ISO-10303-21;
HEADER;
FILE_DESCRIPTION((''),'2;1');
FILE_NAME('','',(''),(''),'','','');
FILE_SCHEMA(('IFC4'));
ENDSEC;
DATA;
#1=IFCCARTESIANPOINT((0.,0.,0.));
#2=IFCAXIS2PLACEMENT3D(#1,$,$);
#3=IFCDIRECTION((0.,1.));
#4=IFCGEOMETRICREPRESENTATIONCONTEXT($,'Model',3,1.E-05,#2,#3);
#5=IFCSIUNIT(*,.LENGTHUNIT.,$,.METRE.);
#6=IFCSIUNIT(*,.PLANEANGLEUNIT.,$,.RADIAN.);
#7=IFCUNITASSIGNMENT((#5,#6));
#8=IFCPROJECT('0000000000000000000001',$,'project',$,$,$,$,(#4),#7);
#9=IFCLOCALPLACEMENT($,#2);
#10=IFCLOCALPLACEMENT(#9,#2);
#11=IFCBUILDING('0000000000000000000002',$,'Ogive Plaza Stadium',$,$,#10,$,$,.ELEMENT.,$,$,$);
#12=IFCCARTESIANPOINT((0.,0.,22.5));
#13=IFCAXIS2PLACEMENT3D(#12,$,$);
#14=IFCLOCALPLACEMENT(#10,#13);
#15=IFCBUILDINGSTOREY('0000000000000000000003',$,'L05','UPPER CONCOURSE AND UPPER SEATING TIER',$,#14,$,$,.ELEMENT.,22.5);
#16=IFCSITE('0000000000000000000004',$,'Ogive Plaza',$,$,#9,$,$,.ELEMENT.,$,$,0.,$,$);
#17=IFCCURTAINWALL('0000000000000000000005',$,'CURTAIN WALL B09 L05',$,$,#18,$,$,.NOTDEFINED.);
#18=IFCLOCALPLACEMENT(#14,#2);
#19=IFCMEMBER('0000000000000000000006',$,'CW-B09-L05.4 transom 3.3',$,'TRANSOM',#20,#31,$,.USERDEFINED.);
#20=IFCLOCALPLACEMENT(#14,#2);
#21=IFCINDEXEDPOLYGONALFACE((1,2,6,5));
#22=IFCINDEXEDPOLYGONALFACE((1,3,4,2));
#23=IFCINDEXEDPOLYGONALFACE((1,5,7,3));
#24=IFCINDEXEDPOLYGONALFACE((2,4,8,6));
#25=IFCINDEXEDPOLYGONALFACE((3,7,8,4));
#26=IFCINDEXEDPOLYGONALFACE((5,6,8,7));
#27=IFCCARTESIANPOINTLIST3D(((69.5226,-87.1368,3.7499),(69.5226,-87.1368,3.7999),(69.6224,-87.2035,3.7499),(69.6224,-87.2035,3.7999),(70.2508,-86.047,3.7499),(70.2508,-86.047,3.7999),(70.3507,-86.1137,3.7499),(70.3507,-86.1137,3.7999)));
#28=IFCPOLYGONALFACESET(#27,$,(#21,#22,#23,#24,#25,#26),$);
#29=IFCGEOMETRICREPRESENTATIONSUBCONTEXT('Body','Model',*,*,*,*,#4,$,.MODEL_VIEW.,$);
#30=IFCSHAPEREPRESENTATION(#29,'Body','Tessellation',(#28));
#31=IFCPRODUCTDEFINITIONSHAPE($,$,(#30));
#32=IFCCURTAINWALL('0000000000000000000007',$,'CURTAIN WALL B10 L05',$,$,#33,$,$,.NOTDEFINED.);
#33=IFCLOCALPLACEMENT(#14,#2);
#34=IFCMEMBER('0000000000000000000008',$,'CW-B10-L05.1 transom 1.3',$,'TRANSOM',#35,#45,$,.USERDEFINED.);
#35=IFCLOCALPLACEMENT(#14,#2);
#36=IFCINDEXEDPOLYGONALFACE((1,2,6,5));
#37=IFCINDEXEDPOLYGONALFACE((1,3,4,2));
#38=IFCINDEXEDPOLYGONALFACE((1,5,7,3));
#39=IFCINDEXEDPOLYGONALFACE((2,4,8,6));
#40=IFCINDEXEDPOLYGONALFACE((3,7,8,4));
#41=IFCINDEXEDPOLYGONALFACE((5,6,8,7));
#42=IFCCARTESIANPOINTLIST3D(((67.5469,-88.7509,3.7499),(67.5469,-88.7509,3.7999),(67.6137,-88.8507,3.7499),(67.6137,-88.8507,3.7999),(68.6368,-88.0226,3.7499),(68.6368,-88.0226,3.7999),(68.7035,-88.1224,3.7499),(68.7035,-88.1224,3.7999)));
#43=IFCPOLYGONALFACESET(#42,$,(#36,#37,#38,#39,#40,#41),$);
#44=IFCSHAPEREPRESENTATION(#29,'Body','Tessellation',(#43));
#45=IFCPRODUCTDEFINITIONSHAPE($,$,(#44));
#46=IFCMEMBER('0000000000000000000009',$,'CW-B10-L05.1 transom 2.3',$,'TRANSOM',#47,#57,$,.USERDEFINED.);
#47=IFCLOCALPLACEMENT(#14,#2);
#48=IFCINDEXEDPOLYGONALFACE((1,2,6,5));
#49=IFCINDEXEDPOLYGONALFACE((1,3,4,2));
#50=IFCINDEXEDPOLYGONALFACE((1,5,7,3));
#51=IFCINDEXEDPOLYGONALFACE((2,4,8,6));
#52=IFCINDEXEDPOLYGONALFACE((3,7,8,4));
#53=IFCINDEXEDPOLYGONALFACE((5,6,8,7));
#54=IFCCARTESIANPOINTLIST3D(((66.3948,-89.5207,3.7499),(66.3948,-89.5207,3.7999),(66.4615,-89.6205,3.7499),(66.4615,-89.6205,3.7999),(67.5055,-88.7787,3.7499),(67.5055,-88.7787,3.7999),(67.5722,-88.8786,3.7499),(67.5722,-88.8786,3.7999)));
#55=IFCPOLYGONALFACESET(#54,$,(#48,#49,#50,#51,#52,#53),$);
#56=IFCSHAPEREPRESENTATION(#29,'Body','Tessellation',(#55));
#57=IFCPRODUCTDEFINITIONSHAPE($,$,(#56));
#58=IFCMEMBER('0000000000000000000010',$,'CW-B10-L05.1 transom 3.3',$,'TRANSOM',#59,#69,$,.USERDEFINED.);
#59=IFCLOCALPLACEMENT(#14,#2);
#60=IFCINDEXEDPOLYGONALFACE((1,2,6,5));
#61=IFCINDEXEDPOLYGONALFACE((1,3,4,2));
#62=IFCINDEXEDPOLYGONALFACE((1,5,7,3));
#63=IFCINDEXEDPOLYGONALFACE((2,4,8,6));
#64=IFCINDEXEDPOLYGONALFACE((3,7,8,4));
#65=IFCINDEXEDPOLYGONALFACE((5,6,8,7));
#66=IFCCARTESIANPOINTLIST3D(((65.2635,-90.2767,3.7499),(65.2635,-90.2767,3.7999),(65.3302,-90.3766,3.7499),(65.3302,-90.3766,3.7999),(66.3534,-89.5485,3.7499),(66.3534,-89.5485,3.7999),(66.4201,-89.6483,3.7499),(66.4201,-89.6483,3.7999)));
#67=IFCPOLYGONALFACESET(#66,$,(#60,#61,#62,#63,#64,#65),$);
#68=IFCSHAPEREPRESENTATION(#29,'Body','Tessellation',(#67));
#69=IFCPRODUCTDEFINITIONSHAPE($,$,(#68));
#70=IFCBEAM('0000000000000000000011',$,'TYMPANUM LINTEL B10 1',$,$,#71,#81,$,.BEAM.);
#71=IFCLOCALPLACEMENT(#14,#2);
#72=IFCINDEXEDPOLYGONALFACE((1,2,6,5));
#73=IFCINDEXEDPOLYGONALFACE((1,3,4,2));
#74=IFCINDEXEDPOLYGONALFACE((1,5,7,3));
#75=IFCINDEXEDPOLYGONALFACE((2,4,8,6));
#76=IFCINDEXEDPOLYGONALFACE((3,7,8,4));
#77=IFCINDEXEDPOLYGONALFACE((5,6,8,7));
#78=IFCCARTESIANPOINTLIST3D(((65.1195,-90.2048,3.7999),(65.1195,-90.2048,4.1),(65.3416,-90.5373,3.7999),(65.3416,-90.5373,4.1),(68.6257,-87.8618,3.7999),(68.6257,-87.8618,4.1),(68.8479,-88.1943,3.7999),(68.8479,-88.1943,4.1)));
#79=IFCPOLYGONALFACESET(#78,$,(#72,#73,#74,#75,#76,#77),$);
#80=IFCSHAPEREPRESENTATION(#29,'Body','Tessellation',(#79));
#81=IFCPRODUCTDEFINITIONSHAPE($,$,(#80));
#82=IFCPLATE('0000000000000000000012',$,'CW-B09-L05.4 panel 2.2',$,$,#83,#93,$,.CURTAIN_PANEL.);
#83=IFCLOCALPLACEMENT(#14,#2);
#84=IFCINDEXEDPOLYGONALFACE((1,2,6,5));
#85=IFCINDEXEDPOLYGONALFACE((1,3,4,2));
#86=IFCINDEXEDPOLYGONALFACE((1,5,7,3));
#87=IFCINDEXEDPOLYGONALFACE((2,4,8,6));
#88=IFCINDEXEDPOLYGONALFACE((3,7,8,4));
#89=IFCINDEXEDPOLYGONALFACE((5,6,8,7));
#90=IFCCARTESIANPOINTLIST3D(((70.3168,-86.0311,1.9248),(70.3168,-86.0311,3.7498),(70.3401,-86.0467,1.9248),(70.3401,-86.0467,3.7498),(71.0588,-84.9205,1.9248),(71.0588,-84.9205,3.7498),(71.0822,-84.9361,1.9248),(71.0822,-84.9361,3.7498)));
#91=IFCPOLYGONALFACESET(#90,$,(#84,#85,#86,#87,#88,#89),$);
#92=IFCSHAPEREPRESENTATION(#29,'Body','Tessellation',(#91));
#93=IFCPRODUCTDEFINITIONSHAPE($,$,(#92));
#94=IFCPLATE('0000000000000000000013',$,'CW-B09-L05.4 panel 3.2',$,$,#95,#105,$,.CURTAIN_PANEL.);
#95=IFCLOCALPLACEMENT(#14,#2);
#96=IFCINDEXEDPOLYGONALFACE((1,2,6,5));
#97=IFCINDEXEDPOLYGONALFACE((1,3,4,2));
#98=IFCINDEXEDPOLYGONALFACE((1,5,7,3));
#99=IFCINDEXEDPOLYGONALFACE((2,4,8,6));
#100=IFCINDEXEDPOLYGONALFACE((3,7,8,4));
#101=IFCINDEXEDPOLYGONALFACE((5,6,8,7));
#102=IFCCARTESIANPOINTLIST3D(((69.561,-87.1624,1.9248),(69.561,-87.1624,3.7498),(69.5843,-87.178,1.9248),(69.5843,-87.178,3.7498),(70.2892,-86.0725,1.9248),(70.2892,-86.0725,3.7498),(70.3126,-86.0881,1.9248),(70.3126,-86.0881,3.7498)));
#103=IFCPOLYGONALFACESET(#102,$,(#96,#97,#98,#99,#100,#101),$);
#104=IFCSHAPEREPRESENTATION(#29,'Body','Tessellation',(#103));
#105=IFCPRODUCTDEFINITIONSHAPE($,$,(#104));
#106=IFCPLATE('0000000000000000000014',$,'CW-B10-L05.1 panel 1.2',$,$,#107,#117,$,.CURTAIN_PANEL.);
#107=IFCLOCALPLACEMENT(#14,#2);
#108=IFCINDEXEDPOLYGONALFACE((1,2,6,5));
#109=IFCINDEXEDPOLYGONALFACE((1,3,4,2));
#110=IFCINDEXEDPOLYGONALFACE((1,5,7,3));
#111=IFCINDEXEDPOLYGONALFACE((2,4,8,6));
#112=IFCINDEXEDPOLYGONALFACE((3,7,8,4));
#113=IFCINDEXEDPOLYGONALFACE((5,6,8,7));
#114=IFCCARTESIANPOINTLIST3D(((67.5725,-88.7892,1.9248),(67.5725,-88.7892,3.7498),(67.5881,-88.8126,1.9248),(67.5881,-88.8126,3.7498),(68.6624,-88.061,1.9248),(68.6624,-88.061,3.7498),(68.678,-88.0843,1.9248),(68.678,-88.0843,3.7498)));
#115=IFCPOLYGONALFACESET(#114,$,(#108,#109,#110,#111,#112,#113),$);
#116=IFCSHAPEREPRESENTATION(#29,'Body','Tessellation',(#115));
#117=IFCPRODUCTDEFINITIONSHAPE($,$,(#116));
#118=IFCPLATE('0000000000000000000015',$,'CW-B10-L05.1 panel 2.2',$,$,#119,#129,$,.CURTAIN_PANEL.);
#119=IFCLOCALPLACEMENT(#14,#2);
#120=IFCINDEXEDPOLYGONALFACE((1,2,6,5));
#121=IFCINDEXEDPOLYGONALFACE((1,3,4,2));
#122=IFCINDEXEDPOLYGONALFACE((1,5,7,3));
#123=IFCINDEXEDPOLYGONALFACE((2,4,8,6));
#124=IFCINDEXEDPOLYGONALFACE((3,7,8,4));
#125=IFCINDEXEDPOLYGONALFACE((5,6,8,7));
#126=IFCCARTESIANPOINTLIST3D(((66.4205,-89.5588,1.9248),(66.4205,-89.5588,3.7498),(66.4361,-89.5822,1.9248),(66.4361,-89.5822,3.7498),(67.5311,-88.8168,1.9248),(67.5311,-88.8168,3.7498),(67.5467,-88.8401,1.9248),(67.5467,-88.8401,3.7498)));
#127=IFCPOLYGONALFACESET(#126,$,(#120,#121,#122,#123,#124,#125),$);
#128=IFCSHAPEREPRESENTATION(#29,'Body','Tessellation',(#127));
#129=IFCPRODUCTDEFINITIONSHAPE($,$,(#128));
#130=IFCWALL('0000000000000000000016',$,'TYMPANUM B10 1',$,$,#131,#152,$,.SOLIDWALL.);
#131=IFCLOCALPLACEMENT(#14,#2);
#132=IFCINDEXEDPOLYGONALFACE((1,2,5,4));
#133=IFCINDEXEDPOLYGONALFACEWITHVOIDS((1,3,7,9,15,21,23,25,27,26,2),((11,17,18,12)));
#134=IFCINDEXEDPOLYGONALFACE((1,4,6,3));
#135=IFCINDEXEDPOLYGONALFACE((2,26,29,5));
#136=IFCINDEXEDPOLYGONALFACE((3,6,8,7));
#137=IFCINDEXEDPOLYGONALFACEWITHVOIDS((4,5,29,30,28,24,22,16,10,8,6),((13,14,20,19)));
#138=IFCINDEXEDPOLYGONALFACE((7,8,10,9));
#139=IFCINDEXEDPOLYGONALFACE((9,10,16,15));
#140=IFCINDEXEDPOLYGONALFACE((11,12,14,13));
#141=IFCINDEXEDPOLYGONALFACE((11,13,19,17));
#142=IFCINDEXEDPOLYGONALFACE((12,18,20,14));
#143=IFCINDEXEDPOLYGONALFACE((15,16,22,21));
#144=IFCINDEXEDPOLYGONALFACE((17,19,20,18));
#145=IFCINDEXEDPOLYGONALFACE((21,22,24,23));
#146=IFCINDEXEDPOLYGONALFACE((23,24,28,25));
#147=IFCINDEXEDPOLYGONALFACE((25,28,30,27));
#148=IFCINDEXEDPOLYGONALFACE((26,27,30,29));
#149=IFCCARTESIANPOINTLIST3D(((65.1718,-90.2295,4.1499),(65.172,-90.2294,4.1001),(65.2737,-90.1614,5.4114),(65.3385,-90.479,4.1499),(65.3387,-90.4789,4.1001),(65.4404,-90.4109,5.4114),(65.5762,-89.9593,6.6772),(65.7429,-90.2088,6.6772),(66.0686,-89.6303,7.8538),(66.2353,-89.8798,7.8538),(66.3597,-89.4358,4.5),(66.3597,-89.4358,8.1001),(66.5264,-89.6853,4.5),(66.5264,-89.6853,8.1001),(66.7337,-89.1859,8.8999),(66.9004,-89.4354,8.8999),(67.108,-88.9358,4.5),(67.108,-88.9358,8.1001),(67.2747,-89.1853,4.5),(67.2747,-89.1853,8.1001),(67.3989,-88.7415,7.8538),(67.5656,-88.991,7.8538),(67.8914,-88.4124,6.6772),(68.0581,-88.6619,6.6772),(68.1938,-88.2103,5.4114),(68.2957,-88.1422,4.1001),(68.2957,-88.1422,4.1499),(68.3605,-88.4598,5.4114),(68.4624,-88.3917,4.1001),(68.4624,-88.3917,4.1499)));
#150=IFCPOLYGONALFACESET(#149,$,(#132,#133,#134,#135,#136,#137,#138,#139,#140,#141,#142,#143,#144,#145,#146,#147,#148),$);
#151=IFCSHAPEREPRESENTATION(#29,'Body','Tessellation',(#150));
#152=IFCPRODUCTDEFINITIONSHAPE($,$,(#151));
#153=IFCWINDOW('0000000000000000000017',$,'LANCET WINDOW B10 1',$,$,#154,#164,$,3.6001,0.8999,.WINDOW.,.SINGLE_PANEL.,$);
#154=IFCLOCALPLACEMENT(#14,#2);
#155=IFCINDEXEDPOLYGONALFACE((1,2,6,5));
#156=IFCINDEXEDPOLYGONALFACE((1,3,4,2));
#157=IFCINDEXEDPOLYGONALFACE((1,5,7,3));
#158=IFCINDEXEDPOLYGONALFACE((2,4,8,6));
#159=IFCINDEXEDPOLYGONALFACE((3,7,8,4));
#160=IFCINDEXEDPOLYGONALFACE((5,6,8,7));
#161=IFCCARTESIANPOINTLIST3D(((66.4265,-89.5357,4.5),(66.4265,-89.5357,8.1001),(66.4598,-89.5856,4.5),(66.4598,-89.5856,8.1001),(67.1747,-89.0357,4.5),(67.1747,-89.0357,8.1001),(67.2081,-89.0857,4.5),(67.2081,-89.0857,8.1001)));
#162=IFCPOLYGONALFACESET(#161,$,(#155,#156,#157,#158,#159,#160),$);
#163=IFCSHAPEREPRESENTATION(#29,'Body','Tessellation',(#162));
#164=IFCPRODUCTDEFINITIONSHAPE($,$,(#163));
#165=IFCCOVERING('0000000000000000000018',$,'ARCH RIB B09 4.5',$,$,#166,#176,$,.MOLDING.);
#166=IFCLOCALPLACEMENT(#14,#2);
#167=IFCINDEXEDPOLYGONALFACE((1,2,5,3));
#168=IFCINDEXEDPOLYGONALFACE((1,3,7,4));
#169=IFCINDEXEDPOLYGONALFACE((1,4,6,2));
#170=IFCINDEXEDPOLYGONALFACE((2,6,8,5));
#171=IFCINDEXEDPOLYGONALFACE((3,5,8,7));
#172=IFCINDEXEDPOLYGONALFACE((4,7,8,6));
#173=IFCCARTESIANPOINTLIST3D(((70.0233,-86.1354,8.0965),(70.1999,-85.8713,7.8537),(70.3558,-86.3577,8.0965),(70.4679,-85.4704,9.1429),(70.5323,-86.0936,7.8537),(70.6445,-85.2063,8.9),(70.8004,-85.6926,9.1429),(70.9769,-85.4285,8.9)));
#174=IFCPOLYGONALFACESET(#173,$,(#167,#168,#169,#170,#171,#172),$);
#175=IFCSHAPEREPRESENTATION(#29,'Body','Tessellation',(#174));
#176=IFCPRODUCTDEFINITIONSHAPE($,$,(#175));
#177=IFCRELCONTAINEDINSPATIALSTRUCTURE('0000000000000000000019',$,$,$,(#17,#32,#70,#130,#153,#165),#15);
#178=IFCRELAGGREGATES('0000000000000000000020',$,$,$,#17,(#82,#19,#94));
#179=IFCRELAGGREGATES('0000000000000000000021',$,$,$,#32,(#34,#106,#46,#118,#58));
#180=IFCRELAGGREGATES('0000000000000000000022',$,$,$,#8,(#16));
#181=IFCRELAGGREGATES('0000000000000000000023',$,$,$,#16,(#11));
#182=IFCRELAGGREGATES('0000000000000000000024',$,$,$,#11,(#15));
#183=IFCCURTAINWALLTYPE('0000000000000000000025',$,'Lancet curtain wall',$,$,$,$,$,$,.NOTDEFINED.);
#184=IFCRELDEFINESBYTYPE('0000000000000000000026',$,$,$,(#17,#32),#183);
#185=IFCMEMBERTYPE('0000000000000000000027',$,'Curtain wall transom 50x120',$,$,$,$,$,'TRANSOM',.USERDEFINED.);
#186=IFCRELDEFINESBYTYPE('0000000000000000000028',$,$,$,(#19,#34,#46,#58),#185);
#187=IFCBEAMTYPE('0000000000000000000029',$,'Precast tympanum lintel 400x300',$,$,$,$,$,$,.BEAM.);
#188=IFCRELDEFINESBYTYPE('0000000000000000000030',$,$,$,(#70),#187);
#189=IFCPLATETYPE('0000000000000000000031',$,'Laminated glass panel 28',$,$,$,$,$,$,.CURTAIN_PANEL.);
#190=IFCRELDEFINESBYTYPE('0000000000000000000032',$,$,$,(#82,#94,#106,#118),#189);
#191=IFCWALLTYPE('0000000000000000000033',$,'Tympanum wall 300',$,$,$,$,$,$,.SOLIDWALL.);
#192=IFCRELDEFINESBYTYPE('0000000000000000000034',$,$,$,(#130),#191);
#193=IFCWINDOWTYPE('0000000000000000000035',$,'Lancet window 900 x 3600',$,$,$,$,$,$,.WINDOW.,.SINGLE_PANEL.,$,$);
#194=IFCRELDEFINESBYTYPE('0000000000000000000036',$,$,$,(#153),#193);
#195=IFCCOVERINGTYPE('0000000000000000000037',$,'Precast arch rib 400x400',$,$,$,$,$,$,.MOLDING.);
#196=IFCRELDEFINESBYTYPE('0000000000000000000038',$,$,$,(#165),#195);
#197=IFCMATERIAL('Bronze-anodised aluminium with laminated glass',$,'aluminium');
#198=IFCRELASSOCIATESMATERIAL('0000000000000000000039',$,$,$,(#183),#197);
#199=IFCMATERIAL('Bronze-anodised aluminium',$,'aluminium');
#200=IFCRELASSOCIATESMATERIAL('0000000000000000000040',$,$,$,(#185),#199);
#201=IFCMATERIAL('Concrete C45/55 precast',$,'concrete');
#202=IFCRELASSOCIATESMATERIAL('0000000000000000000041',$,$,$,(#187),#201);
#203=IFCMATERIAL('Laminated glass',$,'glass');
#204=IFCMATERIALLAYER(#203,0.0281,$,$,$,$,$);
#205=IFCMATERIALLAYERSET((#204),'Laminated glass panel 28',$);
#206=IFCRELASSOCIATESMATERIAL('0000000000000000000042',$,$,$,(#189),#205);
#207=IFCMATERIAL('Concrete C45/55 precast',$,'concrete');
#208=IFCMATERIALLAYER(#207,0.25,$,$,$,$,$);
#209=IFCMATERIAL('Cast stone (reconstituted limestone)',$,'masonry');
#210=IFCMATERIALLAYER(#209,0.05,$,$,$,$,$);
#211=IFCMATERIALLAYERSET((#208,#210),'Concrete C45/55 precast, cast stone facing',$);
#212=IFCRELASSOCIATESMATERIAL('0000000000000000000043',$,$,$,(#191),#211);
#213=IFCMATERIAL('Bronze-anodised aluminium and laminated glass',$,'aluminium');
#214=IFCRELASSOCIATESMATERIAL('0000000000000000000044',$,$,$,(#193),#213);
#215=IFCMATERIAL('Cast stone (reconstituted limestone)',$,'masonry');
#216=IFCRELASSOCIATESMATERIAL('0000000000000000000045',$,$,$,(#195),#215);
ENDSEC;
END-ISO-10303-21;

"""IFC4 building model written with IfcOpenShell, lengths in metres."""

from ifc_helpers import new_model, si_unit, direction, frame, frame_2d, origin, origin_2d, place, context, subcontext, project, spatial, polyline, rectangle, outline, extrude, material, layer, layer_set, material_profile, profile_set, type_object, element, fill, aggregate, save


model = new_model("IFC4")

# Units and contexts
model_context = context("Model", 3, precision=1e-05, world=origin(), true_north=direction((0.0, 1.0)))
body_context = subcontext(model_context, "Body", "Model", "MODEL_VIEW")
ifc_project = project(units=[si_unit("LENGTHUNIT", "METRE"), si_unit("PLANEANGLEUNIT", "RADIAN")], contexts=[model_context])

# Site, building, storey
site_placement = place(None, origin())
site = spatial("IfcSite", under=ifc_project, at=site_placement, Name="Ogive Plaza", CompositionType="ELEMENT", RefElevation=0.0)
building_placement = place(site_placement, origin())
building = spatial("IfcBuilding", under=site, at=building_placement, Name="Ogive Plaza Stadium", CompositionType="ELEMENT")
storey_placement = place(building_placement, frame((0.0, 0.0, 22.5)))
storey = spatial("IfcBuildingStorey", under=building, at=storey_placement, Name="L05", Description="UPPER CONCOURSE AND UPPER SEATING TIER", CompositionType="ELEMENT", Elevation=22.5)

# Curtain wall, member
ifc_material_1 = material(Name="Bronze-anodised aluminium with laminated glass", Category="aluminium")
curtain_wall_type = type_object("IfcCurtainWallType", Name="Lancet curtain wall", PredefinedType="NOTDEFINED", material=ifc_material_1)
curtain_wall_1_placement = place(storey_placement, origin())
curtain_wall_1 = element("IfcCurtainWall", 1, at=curtain_wall_1_placement, inside=storey, type_object=curtain_wall_type, Name="CURTAIN WALL B09 L05", PredefinedType="NOTDEFINED")
ifc_material_2 = material(Name="Bronze-anodised aluminium", Category="aluminium")
ifc_material_profile_1 = material_profile(ifc_material_2, rectangle(XDim=0.1201, YDim=0.05, at=origin_2d()), Name="AL 120x50")
ifc_profile_set_1 = profile_set([ifc_material_profile_1], Name="Bronze-anodised aluminium")
member_type = type_object("IfcMemberType", Name="Curtain wall transom 50x120", ElementType="TRANSOM", PredefinedType="USERDEFINED", material=ifc_profile_set_1)
member_1_placement = place(storey_placement, frame((70.3008, -86.0803, 3.7749), z_axis=(-0.555602, -0.831448, 0.0), x_axis=(0.831448, -0.555602, 0.0)))
member_1 = element("IfcMember", 2, at=member_1_placement, type_object=member_type, Name="CW-B09-L05.4 transom 3.3", ObjectType="TRANSOM", PredefinedType="USERDEFINED", context=body_context, shape_type="SweptSolid", body=[
    extrude(rectangle(XDim=0.1201, YDim=0.05, at=origin_2d()), origin(), (0.0, 0.0, 1.0), 1.3108),
])

# Curtain wall, members
curtain_wall_2_placement = place(storey_placement, origin())
curtain_wall_2 = element("IfcCurtainWall", 3, at=curtain_wall_2_placement, inside=storey, type_object=curtain_wall_type, Name="CURTAIN WALL B10 L05", PredefinedType="NOTDEFINED")
member_2_placement = place(storey_placement, frame((68.6702, -88.0725, 3.7749), z_axis=(-0.831448, -0.555602, 0.0), x_axis=(0.555602, -0.831448, 0.0)))
member_2 = element("IfcMember", 4, at=member_2_placement, type_object=member_type, Name="CW-B10-L05.1 transom 1.3", ObjectType="TRANSOM", PredefinedType="USERDEFINED", context=body_context, shape_type="SweptSolid", body=[
    extrude(rectangle(XDim=0.1201, YDim=0.05, at=origin_2d()), origin(), (0.0, 0.0, 1.0), 1.3108),
])
member_3_placement = place(storey_placement, frame((67.5388, -88.8286, 3.7749), z_axis=(-0.831516, -0.555501, 0.0), x_axis=(0.555501, -0.831516, 0.0)))
member_3 = element("IfcMember", 5, at=member_3_placement, type_object=member_type, Name="CW-B10-L05.1 transom 2.3", ObjectType="TRANSOM", PredefinedType="USERDEFINED", context=body_context, shape_type="SweptSolid", body=[
    extrude(rectangle(XDim=0.1201, YDim=0.05, at=origin_2d()), origin(), (0.0, 0.0, 1.0), 1.3357),
])
member_4_placement = place(storey_placement, frame((66.3867, -89.5984, 3.7749), z_axis=(-0.831448, -0.555602, 0.0), x_axis=(0.555602, -0.831448, 0.0)))
member_4 = element("IfcMember", 6, at=member_4_placement, type_object=member_type, Name="CW-B10-L05.1 transom 3.3", ObjectType="TRANSOM", PredefinedType="USERDEFINED", context=body_context, shape_type="SweptSolid", body=[
    extrude(rectangle(XDim=0.1201, YDim=0.05, at=origin_2d()), origin(), (0.0, 0.0, 1.0), 1.3108),
])

# Beam
ifc_material_3 = material(Name="Concrete C45/55 precast", Category="concrete")
ifc_material_profile_2 = material_profile(ifc_material_3, rectangle(XDim=0.3999, YDim=0.3, at=origin_2d()), Name="RC 400x300")
ifc_profile_set_2 = profile_set([ifc_material_profile_2], Name="Concrete C45/55 precast")
beam_type = type_object("IfcBeamType", Name="Precast tympanum lintel 400x300", PredefinedType="BEAM", material=ifc_profile_set_2)
beam_placement = place(storey_placement, frame((68.7368, -88.0281, 3.95), z_axis=(-0.831453, -0.555595, 0.0), x_axis=(0.555595, -0.831453, 0.0)))
element("IfcBeam", 7, at=beam_placement, inside=storey, type_object=beam_type, Name="TYMPANUM LINTEL B10 1", PredefinedType="BEAM", context=body_context, shape_type="SweptSolid", body=[
    extrude(rectangle(XDim=0.3999, YDim=0.3, at=origin_2d()), origin(), (0.0, 0.0, 1.0), 4.217),
])

# Plates
ifc_material_4 = material(Name="Laminated glass", Category="glass")
ifc_layer_1 = layer(ifc_material_4, 0.0281)
ifc_layer_set_1 = layer_set([ifc_layer_1], Name="Laminated glass panel 28")
plate_type = type_object("IfcPlateType", Name="Laminated glass panel 28", PredefinedType="CURTAIN_PANEL", material=ifc_layer_set_1)
plate_1_placement = place(storey_placement, frame((70.6995, -85.4836, 1.9248), z_axis=(0.0, 0.0, 1.0), x_axis=(-0.55557, -0.83147, 0.0)))
plate_1 = element("IfcPlate", 8, at=plate_1_placement, type_object=plate_type, Name="CW-B09-L05.4 panel 2.2", PredefinedType="CURTAIN_PANEL", context=body_context, shape_type="SweptSolid", body=[
    extrude(rectangle(XDim=1.3357, YDim=0.0281, at=origin_2d()), origin(), (0.0, 0.0, 1.0), 1.825),
])
plate_2_placement = place(storey_placement, frame((69.9368, -86.6252, 1.9248), z_axis=(0.0, 0.0, 1.0), x_axis=(-0.55557, -0.83147, 0.0)))
plate_2 = element("IfcPlate", 9, at=plate_2_placement, type_object=plate_type, Name="CW-B09-L05.4 panel 3.2", PredefinedType="CURTAIN_PANEL", context=body_context, shape_type="SweptSolid", body=[
    extrude(rectangle(XDim=1.3108, YDim=0.0281, at=origin_2d()), origin(), (0.0, 0.0, 1.0), 1.825),
])
aggregate(curtain_wall_1, [plate_1, member_1, plate_2])
plate_3_placement = place(storey_placement, frame((68.1252, -88.4368, 1.9248), z_axis=(0.0, 0.0, 1.0), x_axis=(-0.83147, -0.55557, 0.0)))
plate_3 = element("IfcPlate", 10, at=plate_3_placement, type_object=plate_type, Name="CW-B10-L05.1 panel 1.2", PredefinedType="CURTAIN_PANEL", context=body_context, shape_type="SweptSolid", body=[
    extrude(rectangle(XDim=1.3108, YDim=0.0281, at=origin_2d()), origin(), (0.0, 0.0, 1.0), 1.825),
])
plate_4_placement = place(storey_placement, frame((66.9836, -89.1995, 1.9248), z_axis=(0.0, 0.0, 1.0), x_axis=(-0.83147, -0.55557, 0.0)))
plate_4 = element("IfcPlate", 11, at=plate_4_placement, type_object=plate_type, Name="CW-B10-L05.1 panel 2.2", PredefinedType="CURTAIN_PANEL", context=body_context, shape_type="SweptSolid", body=[
    extrude(rectangle(XDim=1.3357, YDim=0.0281, at=origin_2d()), origin(), (0.0, 0.0, 1.0), 1.825),
])
aggregate(curtain_wall_2, [member_2, plate_3, member_3, plate_4, member_4])

# Wall, opening, window
ifc_material_5 = material(Name="Concrete C45/55 precast", Category="concrete")
ifc_layer_2 = layer(ifc_material_5, 0.25)
ifc_material_6 = material(Name="Cast stone (reconstituted limestone)", Category="masonry")
ifc_layer_3 = layer(ifc_material_6, 0.05)
ifc_layer_set_2 = layer_set([ifc_layer_2, ifc_layer_3], Name="Concrete C45/55 precast, cast stone facing")
wall_type = type_object("IfcWallType", Name="Tympanum wall 300", PredefinedType="SOLIDWALL", material=ifc_layer_set_2)
wall_placement = place(storey_placement, frame((68.3792, -88.2671, 4.1001), z_axis=(0.0, 0.0, 1.0), x_axis=(-0.83148, -0.555555, 0.0)))
wall = element("IfcWall", 12, at=wall_placement, inside=storey, type_object=wall_type, Name="TYMPANUM B10 1", PredefinedType="SOLIDWALL", context=body_context, shape_type="SweptSolid", body=[
    extrude(outline(polyline([(0.0, 0.0), (3.7568, 0.0), (3.7571, 0.0498), (3.6345, 1.3113), (3.2708, 2.5771), (2.6785, 3.7537), (1.8787, 4.7998), (1.0786, 3.7537), (0.4863, 2.5771), (0.1226, 1.3113), (0.0, 0.0498), (0.0, 0.0)])), frame((0.0, 0.1499, 0.0), z_axis=(0.0, -1.0, 0.0), x_axis=(1.0, 0.0, 0.0)), (0.0, 0.0, 1.0), 0.3),
])
opening_placement = place(wall_placement, frame((1.4285, 0.0, 0.3999)))
opening = element("IfcOpeningElement", 13, at=opening_placement, cuts=wall, PredefinedType="OPENING", context=body_context, shape_type="SweptSolid", body=[
    extrude(rectangle(XDim=0.8999, YDim=3.6001, at=frame_2d((0.45, 1.8))), frame((0.0, 0.1602, 0.0), z_axis=(0.0, -1.0, 0.0), x_axis=(1.0, 0.0, 0.0)), (0.0, 0.0, 1.0), 0.3201),
])
ifc_material_7 = material(Name="Bronze-anodised aluminium and laminated glass", Category="aluminium")
window_type = type_object("IfcWindowType", Name="Lancet window 900 x 3600", PartitioningType="SINGLE_PANEL", PredefinedType="WINDOW", material=ifc_material_7)
window_placement = place(opening_placement, origin())
window = element("IfcWindow", 14, at=window_placement, inside=storey, type_object=window_type, Name="LANCET WINDOW B10 1", OverallHeight=3.6001, OverallWidth=0.8999, PartitioningType="SINGLE_PANEL", PredefinedType="WINDOW", context=body_context, shape_type="SweptSolid", body=[
    extrude(rectangle(XDim=0.8999, YDim=3.6001, at=frame_2d((0.45, 1.8))), frame((0.0, 0.03, 0.0), z_axis=(0.0, -1.0, 0.0), x_axis=(1.0, 0.0, 0.0)), (0.0, 0.0, 1.0), 0.0601),
])
fill(opening, window)

# Covering
ifc_material_8 = material(Name="Cast stone (reconstituted limestone)", Category="masonry")
ifc_material_profile_3 = material_profile(ifc_material_8, rectangle(XDim=0.3999, YDim=0.3999, at=origin_2d()), Name="Cast stone 400x400")
ifc_profile_set_3 = profile_set([ifc_material_profile_3], Name="Cast stone (reconstituted limestone)")
covering_type = type_object("IfcCoveringType", Name="Precast arch rib 400x400", PredefinedType="MOLDING", material=ifc_profile_set_3)
for number, where, z_axis, x_axis, name in (
    (15, (70.7224, -85.4495, 9.0215), (-0.337535, -0.504912, -0.794439), (0.831345, -0.555756, 0.0), "ARCH RIB B09 4.5"),
):
    element("IfcCovering", number, at=place(storey_placement, frame(where, z_axis=z_axis, x_axis=x_axis)), inside=storey, type_object=covering_type, Name=name, PredefinedType="MOLDING", context=body_context, shape_type="SweptSolid", body=[
        extrude(rectangle(XDim=0.3999, YDim=0.3999, at=origin_2d()), origin(), (0.0, 0.0, 1.0), 1.3171),
    ])

save(model, "model.ifc")
